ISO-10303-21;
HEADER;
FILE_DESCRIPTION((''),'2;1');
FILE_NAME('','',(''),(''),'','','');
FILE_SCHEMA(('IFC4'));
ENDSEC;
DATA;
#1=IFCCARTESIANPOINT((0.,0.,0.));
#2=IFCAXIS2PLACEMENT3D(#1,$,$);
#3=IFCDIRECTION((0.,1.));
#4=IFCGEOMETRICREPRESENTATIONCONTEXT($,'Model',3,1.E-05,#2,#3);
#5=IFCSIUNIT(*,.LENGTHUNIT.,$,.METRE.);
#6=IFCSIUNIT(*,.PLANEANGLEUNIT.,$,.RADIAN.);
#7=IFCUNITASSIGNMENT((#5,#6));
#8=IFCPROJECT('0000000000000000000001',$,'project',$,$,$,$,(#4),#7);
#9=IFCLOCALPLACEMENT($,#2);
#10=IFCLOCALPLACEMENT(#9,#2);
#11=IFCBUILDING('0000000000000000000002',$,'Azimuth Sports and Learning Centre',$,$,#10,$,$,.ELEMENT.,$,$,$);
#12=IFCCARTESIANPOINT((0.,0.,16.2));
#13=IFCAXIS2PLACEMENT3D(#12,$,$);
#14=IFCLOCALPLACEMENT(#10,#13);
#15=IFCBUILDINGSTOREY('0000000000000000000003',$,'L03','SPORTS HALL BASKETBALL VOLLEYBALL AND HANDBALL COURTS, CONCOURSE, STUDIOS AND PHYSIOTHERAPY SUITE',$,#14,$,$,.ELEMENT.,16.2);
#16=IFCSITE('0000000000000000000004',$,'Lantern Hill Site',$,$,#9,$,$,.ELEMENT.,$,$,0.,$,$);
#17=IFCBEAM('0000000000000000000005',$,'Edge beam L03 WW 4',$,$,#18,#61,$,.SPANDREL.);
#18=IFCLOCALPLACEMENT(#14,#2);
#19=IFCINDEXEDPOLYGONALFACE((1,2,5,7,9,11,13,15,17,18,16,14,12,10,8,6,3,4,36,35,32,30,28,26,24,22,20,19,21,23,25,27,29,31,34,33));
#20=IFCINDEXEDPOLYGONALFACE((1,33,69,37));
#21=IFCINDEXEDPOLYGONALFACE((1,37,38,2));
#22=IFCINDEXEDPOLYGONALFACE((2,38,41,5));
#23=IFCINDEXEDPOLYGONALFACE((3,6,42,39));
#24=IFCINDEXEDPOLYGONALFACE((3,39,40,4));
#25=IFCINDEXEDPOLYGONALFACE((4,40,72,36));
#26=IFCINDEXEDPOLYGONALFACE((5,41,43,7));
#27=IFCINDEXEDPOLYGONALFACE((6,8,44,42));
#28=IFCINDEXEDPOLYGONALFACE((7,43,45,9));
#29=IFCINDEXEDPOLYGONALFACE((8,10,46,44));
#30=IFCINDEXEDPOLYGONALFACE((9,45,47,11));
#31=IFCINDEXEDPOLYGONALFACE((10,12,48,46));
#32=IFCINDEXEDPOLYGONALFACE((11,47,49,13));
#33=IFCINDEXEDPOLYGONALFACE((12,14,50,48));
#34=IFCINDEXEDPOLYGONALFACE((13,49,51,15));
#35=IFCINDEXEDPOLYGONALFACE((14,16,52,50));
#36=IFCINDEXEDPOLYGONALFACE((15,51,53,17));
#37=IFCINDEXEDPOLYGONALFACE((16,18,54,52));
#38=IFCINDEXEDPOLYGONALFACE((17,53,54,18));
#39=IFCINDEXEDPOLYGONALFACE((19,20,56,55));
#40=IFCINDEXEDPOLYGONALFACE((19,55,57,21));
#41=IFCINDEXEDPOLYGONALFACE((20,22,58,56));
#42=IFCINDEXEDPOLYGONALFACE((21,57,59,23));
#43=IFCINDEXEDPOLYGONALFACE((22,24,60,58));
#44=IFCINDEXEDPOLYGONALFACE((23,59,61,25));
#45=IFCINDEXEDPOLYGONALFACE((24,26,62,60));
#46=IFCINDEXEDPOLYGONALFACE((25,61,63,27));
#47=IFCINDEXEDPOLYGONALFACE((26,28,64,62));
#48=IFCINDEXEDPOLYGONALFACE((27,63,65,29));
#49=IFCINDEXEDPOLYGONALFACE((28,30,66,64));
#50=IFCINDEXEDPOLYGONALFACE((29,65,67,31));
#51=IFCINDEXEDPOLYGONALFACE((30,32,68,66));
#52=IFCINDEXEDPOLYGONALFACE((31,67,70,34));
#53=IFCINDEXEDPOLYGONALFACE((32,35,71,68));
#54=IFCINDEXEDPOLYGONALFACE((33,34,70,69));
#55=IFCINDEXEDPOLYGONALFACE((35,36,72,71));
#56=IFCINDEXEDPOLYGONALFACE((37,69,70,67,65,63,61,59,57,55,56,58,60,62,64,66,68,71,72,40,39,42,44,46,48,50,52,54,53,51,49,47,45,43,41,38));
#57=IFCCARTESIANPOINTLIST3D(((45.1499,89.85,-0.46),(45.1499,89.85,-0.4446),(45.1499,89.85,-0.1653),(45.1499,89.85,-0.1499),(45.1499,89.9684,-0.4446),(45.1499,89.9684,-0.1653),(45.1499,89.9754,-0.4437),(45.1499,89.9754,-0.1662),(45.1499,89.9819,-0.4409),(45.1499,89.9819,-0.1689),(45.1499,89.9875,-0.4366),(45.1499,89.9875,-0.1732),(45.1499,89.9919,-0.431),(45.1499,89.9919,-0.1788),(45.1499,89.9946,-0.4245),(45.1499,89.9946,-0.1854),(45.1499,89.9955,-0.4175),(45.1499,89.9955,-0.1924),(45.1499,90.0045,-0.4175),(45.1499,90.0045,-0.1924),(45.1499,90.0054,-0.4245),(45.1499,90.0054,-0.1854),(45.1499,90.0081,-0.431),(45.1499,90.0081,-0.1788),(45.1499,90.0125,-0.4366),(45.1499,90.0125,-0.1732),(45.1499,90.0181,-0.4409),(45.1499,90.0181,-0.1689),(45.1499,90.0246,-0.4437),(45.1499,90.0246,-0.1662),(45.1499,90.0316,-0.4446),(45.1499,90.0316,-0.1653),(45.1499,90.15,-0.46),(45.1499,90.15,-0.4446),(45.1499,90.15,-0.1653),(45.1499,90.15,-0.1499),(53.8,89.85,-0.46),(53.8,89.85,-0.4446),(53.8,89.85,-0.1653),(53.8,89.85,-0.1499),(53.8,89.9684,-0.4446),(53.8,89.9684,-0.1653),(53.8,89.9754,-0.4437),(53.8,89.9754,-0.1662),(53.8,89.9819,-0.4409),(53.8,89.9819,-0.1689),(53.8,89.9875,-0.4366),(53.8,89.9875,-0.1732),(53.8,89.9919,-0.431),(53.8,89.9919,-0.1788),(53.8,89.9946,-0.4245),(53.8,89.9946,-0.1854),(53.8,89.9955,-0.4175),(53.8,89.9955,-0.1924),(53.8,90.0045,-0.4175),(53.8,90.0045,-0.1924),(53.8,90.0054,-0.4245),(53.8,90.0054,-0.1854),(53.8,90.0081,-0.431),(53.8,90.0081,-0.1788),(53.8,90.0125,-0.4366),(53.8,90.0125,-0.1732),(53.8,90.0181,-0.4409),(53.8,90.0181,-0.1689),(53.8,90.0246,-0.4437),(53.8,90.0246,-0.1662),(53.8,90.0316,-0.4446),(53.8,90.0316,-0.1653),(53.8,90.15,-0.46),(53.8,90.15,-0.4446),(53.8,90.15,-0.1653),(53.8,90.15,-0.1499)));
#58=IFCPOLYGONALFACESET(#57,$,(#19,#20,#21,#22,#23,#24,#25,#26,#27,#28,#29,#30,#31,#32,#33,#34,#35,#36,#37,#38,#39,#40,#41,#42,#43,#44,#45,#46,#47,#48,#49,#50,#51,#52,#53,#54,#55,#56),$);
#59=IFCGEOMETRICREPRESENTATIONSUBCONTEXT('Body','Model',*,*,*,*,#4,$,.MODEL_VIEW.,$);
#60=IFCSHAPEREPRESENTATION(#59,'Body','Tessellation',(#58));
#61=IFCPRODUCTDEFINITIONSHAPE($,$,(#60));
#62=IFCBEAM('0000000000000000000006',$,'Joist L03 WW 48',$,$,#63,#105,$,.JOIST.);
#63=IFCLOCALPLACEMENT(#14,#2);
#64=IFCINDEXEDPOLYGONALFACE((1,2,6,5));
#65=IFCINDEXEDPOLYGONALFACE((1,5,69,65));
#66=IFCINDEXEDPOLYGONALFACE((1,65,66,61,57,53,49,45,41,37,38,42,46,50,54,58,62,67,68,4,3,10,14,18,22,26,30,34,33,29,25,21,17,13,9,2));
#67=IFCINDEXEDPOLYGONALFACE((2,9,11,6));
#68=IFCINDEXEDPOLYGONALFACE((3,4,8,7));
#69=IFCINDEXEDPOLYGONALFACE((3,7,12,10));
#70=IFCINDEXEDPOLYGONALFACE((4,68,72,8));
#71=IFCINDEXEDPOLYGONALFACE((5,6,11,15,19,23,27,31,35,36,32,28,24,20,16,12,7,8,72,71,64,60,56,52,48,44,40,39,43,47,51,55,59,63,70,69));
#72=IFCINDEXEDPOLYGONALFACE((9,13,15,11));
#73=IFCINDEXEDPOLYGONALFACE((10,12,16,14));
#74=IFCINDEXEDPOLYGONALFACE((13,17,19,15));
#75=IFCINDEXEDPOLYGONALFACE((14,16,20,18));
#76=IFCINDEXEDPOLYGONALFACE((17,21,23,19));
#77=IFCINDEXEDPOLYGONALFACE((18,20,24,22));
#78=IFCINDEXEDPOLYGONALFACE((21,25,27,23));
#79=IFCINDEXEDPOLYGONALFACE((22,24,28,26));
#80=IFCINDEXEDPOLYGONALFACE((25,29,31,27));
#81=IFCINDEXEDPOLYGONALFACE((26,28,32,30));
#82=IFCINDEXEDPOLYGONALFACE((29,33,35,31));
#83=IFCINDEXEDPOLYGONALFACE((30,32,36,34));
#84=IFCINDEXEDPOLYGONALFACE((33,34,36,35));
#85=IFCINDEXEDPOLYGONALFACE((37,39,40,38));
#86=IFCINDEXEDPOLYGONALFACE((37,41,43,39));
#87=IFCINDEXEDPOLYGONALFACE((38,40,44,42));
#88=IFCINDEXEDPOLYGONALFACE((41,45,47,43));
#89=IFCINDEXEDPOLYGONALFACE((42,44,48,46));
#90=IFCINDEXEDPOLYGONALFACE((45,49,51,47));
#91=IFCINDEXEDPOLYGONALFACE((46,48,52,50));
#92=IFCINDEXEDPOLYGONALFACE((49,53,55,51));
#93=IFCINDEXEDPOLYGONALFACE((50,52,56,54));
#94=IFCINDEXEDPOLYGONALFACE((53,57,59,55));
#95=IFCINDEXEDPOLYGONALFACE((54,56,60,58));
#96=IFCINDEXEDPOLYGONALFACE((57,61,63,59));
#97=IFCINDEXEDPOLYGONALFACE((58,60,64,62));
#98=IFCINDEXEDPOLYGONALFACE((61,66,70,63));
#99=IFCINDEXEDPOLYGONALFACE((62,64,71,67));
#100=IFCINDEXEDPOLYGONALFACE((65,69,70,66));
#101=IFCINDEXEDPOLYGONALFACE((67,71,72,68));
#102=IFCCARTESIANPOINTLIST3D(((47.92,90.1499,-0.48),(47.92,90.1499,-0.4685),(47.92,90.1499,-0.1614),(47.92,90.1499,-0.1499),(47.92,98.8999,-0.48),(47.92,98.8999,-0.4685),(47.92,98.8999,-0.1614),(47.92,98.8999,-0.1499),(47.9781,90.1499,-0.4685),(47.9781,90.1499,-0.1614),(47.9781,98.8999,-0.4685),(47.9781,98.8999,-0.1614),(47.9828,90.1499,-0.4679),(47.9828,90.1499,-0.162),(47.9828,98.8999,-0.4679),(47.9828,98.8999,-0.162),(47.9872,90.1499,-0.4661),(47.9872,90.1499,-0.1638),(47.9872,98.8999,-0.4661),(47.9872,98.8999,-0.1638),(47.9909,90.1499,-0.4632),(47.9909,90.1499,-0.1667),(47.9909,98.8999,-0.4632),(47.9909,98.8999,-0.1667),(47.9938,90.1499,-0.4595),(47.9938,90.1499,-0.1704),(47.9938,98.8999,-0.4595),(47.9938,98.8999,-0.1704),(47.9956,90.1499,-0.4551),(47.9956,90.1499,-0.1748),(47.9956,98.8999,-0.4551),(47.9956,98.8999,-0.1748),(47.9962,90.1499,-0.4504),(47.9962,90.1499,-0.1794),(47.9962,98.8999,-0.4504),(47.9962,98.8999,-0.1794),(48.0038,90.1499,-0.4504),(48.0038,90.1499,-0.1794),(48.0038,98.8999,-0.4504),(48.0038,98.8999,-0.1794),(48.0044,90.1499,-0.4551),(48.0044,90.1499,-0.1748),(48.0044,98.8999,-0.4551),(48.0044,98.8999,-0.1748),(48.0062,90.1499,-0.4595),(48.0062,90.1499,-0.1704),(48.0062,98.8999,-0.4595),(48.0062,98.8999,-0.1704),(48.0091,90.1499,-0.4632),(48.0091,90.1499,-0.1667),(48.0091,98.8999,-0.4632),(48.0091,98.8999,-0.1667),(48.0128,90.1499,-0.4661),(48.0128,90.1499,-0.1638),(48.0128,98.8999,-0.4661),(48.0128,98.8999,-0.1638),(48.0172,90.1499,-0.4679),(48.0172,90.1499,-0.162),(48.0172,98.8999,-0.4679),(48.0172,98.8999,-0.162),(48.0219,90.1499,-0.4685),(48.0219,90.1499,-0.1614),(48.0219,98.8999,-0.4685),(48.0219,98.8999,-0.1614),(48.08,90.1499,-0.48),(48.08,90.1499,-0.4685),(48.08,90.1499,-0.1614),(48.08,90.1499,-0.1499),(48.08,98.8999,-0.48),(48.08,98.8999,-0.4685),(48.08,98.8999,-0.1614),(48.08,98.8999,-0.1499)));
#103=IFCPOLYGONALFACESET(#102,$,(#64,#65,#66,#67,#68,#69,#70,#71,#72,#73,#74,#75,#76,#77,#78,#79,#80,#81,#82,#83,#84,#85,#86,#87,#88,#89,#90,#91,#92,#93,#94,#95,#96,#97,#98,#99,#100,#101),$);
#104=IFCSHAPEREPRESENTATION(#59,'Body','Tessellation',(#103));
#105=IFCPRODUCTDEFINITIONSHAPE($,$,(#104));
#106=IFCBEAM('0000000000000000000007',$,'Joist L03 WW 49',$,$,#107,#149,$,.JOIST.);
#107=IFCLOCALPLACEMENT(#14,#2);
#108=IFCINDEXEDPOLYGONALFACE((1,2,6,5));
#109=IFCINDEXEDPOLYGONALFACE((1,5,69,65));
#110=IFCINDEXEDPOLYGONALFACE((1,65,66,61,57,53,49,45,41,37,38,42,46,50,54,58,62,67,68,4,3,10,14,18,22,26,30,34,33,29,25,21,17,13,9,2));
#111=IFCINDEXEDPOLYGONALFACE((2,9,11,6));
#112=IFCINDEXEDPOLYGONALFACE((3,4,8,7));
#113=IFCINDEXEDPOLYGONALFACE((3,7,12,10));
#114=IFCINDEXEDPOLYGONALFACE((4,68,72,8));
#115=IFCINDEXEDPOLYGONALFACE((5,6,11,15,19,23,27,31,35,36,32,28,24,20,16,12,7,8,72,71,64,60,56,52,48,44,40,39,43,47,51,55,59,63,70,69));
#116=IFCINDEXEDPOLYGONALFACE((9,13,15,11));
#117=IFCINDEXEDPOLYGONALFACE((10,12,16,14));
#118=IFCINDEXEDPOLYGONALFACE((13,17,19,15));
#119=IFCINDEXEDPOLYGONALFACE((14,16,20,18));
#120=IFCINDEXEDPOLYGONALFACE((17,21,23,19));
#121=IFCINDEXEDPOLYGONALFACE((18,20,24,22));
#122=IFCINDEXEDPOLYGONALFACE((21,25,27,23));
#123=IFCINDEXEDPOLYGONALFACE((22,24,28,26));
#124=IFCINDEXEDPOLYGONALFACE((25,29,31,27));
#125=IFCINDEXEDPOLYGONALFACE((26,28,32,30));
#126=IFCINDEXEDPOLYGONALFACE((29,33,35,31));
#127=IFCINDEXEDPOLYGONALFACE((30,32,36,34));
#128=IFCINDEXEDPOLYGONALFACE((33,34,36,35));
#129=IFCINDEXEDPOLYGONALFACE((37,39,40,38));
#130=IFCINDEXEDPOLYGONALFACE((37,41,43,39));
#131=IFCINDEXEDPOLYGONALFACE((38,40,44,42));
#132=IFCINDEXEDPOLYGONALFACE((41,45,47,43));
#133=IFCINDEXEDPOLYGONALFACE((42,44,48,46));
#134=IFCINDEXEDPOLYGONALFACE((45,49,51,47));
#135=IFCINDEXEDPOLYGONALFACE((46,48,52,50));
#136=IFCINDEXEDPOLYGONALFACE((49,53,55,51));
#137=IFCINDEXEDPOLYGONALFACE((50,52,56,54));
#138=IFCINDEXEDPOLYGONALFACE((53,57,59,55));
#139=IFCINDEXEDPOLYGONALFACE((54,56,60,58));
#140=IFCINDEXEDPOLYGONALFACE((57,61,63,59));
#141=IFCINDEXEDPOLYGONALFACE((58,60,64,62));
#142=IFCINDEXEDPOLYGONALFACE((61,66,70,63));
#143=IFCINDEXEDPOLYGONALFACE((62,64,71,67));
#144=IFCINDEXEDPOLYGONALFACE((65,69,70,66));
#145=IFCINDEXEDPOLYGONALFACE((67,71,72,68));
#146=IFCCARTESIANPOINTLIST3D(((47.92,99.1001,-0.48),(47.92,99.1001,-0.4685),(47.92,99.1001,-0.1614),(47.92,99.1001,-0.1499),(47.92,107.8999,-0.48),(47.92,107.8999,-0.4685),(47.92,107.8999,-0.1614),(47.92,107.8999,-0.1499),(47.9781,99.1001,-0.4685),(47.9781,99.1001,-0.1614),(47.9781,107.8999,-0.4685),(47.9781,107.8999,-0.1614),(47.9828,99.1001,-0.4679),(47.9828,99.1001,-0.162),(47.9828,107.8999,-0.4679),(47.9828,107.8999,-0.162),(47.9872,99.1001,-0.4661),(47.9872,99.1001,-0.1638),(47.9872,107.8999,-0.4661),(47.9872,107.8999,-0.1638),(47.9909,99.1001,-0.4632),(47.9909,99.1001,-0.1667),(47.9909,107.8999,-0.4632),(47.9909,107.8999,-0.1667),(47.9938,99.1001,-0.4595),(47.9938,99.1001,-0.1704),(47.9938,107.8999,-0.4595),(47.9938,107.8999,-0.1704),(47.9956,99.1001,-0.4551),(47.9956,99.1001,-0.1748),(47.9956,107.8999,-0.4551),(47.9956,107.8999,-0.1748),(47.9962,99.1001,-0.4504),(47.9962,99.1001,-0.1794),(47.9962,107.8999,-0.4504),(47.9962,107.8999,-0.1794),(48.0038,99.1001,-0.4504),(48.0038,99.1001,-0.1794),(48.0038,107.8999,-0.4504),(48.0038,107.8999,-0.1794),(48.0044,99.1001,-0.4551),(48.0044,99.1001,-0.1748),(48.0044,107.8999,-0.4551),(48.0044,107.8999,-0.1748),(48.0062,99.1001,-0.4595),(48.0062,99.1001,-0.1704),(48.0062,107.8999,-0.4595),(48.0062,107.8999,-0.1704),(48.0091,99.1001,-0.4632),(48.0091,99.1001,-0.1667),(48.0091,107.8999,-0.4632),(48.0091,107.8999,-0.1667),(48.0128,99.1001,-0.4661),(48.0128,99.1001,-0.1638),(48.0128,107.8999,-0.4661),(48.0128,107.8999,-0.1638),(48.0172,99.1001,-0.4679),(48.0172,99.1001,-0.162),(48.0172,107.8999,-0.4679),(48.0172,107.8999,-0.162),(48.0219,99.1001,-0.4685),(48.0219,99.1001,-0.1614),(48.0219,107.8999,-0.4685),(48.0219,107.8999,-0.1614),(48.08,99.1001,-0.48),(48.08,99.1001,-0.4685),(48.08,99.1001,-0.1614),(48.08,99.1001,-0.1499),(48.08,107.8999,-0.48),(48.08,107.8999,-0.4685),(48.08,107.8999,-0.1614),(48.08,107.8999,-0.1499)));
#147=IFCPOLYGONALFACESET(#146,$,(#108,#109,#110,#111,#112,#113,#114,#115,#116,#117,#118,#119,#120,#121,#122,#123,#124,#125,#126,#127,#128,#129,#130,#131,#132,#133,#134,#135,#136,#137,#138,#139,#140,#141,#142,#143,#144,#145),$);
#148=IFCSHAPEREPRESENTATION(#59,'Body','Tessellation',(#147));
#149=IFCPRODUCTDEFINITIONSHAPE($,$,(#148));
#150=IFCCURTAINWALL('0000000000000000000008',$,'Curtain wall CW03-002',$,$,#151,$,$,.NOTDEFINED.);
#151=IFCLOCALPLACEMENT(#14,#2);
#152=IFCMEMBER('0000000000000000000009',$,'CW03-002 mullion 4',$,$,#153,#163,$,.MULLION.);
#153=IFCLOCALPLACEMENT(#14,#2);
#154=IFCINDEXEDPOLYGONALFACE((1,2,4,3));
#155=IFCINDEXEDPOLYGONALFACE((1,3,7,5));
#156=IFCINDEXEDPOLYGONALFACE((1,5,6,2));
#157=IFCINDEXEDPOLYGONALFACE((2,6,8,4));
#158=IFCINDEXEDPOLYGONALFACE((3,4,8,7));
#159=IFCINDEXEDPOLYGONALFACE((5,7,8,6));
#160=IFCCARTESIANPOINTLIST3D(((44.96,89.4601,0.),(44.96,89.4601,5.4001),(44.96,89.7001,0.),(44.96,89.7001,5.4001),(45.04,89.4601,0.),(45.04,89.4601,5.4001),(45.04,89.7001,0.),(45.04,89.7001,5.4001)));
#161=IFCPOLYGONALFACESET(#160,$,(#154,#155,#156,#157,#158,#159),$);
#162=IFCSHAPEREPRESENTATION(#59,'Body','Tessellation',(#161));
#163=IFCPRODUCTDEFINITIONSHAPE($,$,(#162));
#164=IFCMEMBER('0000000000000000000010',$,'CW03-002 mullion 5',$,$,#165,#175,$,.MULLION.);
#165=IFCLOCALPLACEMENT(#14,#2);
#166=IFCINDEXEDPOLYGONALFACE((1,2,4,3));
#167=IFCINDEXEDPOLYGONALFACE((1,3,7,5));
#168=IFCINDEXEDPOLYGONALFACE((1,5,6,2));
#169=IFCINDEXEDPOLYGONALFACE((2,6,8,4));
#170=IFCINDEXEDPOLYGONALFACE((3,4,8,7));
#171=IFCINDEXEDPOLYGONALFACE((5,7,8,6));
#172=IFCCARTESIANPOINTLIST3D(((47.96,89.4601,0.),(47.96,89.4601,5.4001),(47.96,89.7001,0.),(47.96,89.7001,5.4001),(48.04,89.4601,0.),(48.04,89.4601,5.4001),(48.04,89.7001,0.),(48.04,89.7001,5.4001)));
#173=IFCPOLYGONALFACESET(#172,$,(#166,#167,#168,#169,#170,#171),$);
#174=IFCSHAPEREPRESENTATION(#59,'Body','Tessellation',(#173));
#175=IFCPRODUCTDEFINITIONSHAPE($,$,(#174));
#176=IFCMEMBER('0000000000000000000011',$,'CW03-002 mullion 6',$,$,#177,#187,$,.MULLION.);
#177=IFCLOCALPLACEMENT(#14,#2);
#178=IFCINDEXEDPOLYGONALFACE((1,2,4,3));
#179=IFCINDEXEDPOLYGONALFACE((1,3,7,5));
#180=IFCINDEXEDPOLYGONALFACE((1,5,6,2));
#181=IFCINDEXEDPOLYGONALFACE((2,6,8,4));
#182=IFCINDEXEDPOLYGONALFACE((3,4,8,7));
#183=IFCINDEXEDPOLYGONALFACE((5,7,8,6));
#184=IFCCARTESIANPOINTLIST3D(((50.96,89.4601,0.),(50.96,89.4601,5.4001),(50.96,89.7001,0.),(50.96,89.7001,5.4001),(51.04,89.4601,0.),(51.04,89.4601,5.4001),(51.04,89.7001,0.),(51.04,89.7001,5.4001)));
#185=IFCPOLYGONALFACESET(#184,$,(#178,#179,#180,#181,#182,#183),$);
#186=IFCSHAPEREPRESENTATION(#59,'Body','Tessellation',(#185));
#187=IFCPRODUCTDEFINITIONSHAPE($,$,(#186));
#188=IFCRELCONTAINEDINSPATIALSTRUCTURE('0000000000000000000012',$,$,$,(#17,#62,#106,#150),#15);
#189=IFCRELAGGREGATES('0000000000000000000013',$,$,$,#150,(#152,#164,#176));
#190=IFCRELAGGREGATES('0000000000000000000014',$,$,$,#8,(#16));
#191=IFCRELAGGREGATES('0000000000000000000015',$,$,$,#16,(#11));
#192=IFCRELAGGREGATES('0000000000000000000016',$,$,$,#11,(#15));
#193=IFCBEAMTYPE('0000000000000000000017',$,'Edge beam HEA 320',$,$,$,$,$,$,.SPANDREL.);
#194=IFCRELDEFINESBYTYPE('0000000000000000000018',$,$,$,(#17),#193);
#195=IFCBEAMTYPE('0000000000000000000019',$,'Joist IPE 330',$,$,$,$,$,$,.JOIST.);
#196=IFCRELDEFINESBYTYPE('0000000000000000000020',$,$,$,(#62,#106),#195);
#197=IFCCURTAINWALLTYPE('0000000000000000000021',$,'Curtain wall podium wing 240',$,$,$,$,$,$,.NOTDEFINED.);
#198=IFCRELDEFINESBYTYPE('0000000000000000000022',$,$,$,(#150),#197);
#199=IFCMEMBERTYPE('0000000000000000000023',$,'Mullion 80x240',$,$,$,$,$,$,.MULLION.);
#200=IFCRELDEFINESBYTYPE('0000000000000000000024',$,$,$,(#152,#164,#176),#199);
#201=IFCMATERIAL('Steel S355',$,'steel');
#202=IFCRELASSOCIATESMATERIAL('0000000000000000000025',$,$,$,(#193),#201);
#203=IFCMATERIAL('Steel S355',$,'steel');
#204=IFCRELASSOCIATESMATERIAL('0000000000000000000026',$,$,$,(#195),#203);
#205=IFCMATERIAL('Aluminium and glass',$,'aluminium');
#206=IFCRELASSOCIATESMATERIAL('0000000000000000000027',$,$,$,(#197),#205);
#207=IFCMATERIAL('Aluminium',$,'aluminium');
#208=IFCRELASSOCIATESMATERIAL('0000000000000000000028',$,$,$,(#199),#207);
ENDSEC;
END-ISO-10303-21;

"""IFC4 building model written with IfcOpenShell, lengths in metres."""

from ifc_helpers import new_model, si_unit, direction, frame, origin, origin_2d, place, context, subcontext, project, spatial, rectangle, i_section, extrude, material, material_profile, profile_set, type_object, element, aggregate, save


model = new_model("IFC4")

# Units and contexts
model_context = context("Model", 3, precision=1e-05, world=origin(), true_north=direction((0.0, 1.0)))
body_context = subcontext(model_context, "Body", "Model", "MODEL_VIEW")
ifc_project = project(units=[si_unit("LENGTHUNIT", "METRE"), si_unit("PLANEANGLEUNIT", "RADIAN")], contexts=[model_context])

# Site, building, storey
site_placement = place(None, origin())
site = spatial("IfcSite", under=ifc_project, at=site_placement, Name="Lantern Hill Site", CompositionType="ELEMENT", RefElevation=0.0)
building_placement = place(site_placement, origin())
building = spatial("IfcBuilding", under=site, at=building_placement, Name="Azimuth Sports and Learning Centre", CompositionType="ELEMENT")
storey_placement = place(building_placement, frame((0.0, 0.0, 16.2)))
storey = spatial("IfcBuildingStorey", under=building, at=storey_placement, Name="L03", Description="SPORTS HALL BASKETBALL VOLLEYBALL AND HANDBALL COURTS, CONCOURSE, STUDIOS AND PHYSIOTHERAPY SUITE", CompositionType="ELEMENT", Elevation=16.2)

# Beams
ifc_material_1 = material(Name="Steel S355", Category="steel")
ifc_material_profile_1 = material_profile(ifc_material_1, i_section(OverallWidth=0.3, OverallDepth=0.3101, WebThickness=0.009, FlangeThickness=0.0154, FilletRadius=0.0271, at=origin_2d()), Name="HEA 320")
ifc_profile_set_1 = profile_set([ifc_material_profile_1], Name="Steel S355")
beam_type_1 = type_object("IfcBeamType", Name="Edge beam HEA 320", PredefinedType="SPANDREL", material=ifc_profile_set_1)
beam_1_placement = place(storey_placement, frame((45.1499, 90.0, -0.3049), z_axis=(1.0, 0.0, 0.0), x_axis=(0.0, 1.0, 0.0)))
element("IfcBeam", 1, at=beam_1_placement, inside=storey, type_object=beam_type_1, Name="Edge beam L03 WW 4", PredefinedType="SPANDREL", context=body_context, shape_type="SweptSolid", body=[
    extrude(i_section(OverallWidth=0.3, OverallDepth=0.3101, WebThickness=0.009, FlangeThickness=0.0154, FilletRadius=0.0271, at=origin_2d()), origin(), (0.0, 0.0, 1.0), 8.6501),
])
ifc_material_2 = material(Name="Steel S355", Category="steel")
ifc_material_profile_2 = material_profile(ifc_material_2, i_section(OverallWidth=0.1599, OverallDepth=0.3301, WebThickness=0.0076, FlangeThickness=0.0115, FilletRadius=0.0181, at=origin_2d()), Name="IPE 330")
ifc_profile_set_2 = profile_set([ifc_material_profile_2], Name="Steel S355")
beam_type_2 = type_object("IfcBeamType", Name="Joist IPE 330", PredefinedType="JOIST", material=ifc_profile_set_2)
beam_2_placement = place(storey_placement, frame((48.0, 90.1499, -0.3149), z_axis=(0.0, 1.0, 0.0), x_axis=(-1.0, 0.0, 0.0)))
element("IfcBeam", 2, at=beam_2_placement, inside=storey, type_object=beam_type_2, Name="Joist L03 WW 48", PredefinedType="JOIST", context=body_context, shape_type="SweptSolid", body=[
    extrude(i_section(OverallWidth=0.1599, OverallDepth=0.3301, WebThickness=0.0076, FlangeThickness=0.0115, FilletRadius=0.0181, at=origin_2d()), origin(), (0.0, 0.0, 1.0), 8.75),
])
beam_3_placement = place(storey_placement, frame((48.0, 99.1001, -0.3149), z_axis=(0.0, 1.0, 0.0), x_axis=(-1.0, 0.0, 0.0)))
element("IfcBeam", 3, at=beam_3_placement, inside=storey, type_object=beam_type_2, Name="Joist L03 WW 49", PredefinedType="JOIST", context=body_context, shape_type="SweptSolid", body=[
    extrude(i_section(OverallWidth=0.1599, OverallDepth=0.3301, WebThickness=0.0076, FlangeThickness=0.0115, FilletRadius=0.0181, at=origin_2d()), origin(), (0.0, 0.0, 1.0), 8.7998),
])

# Curtain wall, members
ifc_material_3 = material(Name="Aluminium and glass", Category="aluminium")
curtain_wall_type = type_object("IfcCurtainWallType", Name="Curtain wall podium wing 240", PredefinedType="NOTDEFINED", material=ifc_material_3)
curtain_wall_placement = place(storey_placement, origin())
curtain_wall = element("IfcCurtainWall", 4, at=curtain_wall_placement, inside=storey, type_object=curtain_wall_type, Name="Curtain wall CW03-002", PredefinedType="NOTDEFINED")
ifc_material_4 = material(Name="Aluminium", Category="aluminium")
ifc_material_profile_3 = material_profile(ifc_material_4, rectangle(XDim=0.24, YDim=0.0801, at=origin_2d()), Name="Mullion 80x240")
ifc_profile_set_3 = profile_set([ifc_material_profile_3], Name="Aluminium")
member_type_1 = type_object("IfcMemberType", Name="Mullion 80x240", PredefinedType="MULLION", material=ifc_profile_set_3)
member_1_placement = place(storey_placement, frame((45.0, 89.5801, 0.0), z_axis=(0.0, 0.0, 1.0), x_axis=(0.0, 1.0, 0.0)))
member_1 = element("IfcMember", 5, at=member_1_placement, type_object=member_type_1, Name="CW03-002 mullion 4", PredefinedType="MULLION", context=body_context, shape_type="SweptSolid", body=[
    extrude(rectangle(XDim=0.24, YDim=0.0801, at=origin_2d()), origin(), (0.0, 0.0, 1.0), 5.4001),
])
member_2_placement = place(storey_placement, frame((48.0, 89.5801, 0.0), z_axis=(0.0, 0.0, 1.0), x_axis=(0.0, 1.0, 0.0)))
member_2 = element("IfcMember", 6, at=member_2_placement, type_object=member_type_1, Name="CW03-002 mullion 5", PredefinedType="MULLION", context=body_context, shape_type="SweptSolid", body=[
    extrude(rectangle(XDim=0.24, YDim=0.0801, at=origin_2d()), origin(), (0.0, 0.0, 1.0), 5.4001),
])
member_3_placement = place(storey_placement, frame((51.0, 89.5801, 0.0), z_axis=(0.0, 0.0, 1.0), x_axis=(0.0, 1.0, 0.0)))
member_3 = element("IfcMember", 7, at=member_3_placement, type_object=member_type_1, Name="CW03-002 mullion 6", PredefinedType="MULLION", context=body_context, shape_type="SweptSolid", body=[
    extrude(rectangle(XDim=0.24, YDim=0.0801, at=origin_2d()), origin(), (0.0, 0.0, 1.0), 5.4001),
])
aggregate(curtain_wall, [member_1, member_2, member_3])

save(model, "model.ifc")
